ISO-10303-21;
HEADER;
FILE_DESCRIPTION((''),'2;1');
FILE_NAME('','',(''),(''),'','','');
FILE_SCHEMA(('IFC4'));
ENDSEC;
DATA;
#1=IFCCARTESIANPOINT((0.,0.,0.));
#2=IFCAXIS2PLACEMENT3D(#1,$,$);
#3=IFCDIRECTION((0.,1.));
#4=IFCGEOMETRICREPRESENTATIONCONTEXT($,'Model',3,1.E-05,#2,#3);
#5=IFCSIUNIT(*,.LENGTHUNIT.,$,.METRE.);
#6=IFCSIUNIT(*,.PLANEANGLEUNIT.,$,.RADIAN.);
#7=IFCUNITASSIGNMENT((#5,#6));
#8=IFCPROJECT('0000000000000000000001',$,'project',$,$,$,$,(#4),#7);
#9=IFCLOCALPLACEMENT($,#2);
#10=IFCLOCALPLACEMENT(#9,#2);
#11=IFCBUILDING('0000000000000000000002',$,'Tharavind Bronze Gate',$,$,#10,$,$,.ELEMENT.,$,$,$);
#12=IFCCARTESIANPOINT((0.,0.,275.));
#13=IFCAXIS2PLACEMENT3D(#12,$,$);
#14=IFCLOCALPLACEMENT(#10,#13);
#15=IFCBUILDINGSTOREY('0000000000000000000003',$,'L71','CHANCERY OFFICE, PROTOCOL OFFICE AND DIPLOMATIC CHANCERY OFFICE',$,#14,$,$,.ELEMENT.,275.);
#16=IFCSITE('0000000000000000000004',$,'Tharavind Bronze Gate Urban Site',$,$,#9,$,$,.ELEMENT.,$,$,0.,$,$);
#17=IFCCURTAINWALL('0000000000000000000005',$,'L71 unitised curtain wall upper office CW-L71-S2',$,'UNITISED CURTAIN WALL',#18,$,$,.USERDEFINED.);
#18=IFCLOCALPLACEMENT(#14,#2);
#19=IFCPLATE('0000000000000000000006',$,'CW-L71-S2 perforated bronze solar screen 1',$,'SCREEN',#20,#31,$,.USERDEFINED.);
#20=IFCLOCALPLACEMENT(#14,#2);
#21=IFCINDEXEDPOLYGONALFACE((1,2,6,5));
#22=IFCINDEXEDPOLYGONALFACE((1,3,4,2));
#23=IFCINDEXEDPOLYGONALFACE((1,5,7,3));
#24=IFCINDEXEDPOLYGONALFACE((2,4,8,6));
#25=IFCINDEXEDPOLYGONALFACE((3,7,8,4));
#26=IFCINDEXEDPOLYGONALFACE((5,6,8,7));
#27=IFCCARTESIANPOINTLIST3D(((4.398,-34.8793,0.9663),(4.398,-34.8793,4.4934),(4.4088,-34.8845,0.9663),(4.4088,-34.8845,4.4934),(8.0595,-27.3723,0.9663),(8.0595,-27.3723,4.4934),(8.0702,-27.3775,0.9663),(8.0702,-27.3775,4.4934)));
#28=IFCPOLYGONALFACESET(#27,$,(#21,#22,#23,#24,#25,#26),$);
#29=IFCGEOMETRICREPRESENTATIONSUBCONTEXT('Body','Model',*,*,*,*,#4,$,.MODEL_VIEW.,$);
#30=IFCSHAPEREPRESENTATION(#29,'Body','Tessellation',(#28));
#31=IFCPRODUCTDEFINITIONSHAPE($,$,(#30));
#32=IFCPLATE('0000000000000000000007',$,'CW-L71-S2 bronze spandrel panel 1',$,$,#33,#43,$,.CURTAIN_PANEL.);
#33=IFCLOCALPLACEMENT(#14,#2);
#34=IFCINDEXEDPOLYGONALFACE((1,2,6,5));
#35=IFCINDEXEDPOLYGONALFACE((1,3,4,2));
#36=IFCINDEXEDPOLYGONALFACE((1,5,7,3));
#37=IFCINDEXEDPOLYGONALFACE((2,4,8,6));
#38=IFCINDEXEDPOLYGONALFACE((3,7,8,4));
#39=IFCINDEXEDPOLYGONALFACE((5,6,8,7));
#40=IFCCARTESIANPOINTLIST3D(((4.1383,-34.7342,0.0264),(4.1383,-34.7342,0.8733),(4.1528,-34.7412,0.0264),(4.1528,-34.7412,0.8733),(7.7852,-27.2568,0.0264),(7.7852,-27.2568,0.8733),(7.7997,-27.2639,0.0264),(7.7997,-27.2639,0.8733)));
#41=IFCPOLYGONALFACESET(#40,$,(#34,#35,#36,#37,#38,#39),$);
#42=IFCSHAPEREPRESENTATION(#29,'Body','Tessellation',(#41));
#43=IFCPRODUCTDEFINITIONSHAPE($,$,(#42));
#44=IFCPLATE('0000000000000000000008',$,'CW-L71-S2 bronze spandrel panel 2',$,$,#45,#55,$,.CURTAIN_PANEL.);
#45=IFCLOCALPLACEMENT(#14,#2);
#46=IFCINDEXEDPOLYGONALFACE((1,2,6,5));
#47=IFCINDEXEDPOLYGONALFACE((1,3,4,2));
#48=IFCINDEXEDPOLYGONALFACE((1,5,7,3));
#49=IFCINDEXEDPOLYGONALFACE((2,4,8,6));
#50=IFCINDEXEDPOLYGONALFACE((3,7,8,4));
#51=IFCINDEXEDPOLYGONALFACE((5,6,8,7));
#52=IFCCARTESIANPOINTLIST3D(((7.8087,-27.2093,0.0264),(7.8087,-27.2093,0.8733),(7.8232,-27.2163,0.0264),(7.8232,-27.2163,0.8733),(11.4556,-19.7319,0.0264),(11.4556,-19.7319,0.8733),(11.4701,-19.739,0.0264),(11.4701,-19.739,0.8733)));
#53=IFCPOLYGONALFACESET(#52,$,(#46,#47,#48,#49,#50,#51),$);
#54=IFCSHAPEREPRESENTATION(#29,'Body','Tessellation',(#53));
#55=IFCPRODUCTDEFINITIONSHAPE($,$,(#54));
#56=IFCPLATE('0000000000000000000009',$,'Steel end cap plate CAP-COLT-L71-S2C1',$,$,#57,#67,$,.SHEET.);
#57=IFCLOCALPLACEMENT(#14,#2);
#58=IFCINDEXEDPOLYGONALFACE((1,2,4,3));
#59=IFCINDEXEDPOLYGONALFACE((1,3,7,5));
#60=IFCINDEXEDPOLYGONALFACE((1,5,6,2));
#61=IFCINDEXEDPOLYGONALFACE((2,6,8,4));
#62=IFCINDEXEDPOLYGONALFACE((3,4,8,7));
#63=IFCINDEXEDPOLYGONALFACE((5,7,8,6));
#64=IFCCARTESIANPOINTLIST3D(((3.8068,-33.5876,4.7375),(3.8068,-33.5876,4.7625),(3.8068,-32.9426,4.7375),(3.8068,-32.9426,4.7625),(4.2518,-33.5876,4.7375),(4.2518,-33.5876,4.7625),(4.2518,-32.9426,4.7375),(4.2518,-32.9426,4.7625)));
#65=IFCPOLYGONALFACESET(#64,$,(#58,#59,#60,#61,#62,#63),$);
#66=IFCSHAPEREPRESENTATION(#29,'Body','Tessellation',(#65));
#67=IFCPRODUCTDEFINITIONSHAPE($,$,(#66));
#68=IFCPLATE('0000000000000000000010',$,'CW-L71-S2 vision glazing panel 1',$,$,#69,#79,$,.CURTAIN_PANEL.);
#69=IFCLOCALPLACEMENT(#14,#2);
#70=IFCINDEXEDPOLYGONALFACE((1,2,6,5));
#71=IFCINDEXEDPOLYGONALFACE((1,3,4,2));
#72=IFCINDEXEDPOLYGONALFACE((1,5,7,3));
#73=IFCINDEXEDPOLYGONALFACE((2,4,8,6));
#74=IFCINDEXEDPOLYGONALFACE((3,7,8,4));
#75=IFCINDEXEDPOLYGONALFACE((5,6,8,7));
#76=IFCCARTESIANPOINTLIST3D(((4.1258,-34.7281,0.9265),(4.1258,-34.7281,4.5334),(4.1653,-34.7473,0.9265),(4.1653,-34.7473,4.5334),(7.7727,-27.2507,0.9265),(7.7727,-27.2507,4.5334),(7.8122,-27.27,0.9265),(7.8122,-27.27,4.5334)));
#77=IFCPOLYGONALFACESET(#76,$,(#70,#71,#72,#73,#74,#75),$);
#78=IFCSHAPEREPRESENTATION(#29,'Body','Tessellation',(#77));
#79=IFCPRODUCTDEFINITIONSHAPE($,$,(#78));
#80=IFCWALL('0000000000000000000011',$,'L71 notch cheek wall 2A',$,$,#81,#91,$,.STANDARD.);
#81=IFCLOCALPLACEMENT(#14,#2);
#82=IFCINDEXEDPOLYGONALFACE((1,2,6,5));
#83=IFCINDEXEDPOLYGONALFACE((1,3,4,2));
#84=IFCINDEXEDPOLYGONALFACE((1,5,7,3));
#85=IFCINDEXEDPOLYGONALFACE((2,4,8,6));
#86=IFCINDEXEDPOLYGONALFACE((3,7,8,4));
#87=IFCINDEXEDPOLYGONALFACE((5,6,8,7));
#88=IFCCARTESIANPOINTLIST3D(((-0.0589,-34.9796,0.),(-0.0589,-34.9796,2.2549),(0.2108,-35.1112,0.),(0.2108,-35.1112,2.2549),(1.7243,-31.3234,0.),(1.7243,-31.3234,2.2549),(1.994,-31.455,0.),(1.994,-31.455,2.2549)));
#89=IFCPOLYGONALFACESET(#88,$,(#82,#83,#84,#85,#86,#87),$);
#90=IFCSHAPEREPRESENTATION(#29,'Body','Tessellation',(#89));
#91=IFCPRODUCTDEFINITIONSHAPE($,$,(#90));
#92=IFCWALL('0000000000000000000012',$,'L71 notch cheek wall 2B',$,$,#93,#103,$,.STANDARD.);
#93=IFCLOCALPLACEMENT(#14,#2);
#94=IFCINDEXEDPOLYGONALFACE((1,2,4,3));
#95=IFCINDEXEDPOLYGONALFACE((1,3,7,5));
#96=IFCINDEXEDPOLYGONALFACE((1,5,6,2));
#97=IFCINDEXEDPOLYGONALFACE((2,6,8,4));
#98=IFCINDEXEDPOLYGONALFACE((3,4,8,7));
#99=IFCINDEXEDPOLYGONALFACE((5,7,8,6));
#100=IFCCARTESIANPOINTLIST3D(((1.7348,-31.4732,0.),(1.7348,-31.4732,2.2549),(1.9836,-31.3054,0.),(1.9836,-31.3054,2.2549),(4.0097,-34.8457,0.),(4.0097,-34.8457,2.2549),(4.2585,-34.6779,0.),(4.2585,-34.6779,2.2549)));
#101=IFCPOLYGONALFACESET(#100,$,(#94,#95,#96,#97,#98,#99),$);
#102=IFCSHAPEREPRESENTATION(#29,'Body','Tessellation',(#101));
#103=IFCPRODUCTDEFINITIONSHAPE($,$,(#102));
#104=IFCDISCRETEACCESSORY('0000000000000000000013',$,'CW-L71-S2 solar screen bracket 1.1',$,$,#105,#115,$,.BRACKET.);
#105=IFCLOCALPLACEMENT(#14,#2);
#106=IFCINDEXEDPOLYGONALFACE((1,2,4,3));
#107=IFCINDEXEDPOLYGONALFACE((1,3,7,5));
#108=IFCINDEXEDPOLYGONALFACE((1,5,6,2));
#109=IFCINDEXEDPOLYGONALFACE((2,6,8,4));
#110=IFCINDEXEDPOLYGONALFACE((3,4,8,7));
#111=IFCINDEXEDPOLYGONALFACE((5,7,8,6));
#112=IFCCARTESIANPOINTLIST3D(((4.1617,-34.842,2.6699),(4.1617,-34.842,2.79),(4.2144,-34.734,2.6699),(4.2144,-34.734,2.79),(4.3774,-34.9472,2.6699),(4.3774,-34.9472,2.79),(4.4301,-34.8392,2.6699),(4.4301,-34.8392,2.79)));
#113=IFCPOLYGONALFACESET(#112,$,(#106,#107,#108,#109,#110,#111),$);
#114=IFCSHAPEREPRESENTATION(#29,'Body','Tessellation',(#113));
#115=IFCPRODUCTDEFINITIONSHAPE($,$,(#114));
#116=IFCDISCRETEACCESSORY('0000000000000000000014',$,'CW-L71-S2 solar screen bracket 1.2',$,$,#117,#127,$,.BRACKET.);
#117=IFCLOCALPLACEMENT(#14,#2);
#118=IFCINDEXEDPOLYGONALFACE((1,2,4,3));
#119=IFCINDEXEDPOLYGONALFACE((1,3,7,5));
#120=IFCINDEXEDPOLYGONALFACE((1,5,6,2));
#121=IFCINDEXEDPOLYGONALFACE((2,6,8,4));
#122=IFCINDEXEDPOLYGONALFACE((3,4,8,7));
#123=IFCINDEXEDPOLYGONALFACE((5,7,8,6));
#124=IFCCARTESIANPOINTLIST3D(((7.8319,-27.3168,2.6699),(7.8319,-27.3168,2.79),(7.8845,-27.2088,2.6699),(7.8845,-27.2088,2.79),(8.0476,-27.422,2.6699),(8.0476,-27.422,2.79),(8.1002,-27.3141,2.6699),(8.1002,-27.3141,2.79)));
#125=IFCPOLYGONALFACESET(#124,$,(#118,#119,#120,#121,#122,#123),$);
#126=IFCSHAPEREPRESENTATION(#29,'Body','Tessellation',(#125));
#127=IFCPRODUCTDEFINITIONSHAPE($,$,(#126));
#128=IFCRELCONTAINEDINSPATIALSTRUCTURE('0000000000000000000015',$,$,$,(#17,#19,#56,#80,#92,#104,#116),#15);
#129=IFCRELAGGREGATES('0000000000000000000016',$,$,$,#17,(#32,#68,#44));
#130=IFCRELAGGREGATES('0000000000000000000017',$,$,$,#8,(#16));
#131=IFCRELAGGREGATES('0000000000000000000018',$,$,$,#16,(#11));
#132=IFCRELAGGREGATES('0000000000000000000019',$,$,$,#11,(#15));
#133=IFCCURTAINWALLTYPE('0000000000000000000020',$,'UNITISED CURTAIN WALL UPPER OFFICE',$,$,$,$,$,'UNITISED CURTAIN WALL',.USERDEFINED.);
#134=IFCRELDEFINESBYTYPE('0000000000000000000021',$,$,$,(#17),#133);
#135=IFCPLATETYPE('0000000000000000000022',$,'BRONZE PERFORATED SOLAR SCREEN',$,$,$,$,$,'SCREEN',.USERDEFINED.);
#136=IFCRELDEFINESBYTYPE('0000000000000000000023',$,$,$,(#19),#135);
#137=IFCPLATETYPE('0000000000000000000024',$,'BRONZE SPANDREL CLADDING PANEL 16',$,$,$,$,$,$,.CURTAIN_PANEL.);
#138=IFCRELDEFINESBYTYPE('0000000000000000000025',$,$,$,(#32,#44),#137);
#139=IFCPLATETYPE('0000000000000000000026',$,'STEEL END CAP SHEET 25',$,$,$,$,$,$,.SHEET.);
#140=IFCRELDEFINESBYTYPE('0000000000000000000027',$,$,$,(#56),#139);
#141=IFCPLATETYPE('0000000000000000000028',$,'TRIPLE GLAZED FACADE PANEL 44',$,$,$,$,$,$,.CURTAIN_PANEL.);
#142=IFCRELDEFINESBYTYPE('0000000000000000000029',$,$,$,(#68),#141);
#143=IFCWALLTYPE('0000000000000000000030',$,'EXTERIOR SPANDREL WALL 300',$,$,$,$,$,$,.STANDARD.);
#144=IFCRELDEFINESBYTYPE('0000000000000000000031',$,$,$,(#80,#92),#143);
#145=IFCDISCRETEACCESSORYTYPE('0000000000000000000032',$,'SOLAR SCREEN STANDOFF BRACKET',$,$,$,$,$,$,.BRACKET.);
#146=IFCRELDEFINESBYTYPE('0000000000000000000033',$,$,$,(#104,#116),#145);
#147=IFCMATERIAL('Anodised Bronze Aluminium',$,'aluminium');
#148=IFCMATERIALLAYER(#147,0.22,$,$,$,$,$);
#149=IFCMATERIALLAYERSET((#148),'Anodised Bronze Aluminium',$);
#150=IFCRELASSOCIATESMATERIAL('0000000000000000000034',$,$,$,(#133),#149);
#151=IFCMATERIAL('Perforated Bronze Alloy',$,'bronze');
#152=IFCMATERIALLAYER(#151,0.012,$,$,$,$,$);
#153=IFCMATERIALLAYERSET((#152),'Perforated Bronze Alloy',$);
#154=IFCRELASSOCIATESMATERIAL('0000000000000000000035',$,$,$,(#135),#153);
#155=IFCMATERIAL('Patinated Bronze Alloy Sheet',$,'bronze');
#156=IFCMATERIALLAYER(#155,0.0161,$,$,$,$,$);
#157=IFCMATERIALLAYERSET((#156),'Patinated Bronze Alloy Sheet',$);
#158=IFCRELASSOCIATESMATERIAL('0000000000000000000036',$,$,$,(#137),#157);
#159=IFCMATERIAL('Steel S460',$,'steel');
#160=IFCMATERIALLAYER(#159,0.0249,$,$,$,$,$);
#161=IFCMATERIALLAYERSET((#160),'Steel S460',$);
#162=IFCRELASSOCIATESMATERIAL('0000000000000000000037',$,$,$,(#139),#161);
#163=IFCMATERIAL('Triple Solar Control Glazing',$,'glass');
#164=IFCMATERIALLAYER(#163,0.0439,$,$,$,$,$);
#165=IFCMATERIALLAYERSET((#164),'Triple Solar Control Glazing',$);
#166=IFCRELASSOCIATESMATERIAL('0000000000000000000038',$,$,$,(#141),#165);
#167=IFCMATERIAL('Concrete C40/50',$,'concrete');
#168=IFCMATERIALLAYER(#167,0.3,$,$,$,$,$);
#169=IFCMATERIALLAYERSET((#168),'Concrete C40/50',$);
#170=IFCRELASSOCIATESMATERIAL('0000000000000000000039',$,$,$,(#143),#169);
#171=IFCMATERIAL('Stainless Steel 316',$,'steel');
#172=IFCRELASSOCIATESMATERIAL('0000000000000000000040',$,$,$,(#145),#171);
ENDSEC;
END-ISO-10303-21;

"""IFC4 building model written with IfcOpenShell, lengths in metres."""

from ifc_helpers import new_model, si_unit, direction, frame, frame_2d, origin, origin_2d, place, context, subcontext, project, spatial, rectangle, extrude, material, layer, layer_set, type_object, element, aggregate, save


model = new_model("IFC4")

# Units and contexts
model_context = context("Model", 3, precision=1e-05, world=origin(), true_north=direction((0.0, 1.0)))
body_context = subcontext(model_context, "Body", "Model", "MODEL_VIEW")
ifc_project = project(units=[si_unit("LENGTHUNIT", "METRE"), si_unit("PLANEANGLEUNIT", "RADIAN")], contexts=[model_context])

# Site, building, storey
site_placement = place(None, origin())
site = spatial("IfcSite", under=ifc_project, at=site_placement, Name="Tharavind Bronze Gate Urban Site", CompositionType="ELEMENT", RefElevation=0.0)
building_placement = place(site_placement, origin())
building = spatial("IfcBuilding", under=site, at=building_placement, Name="Tharavind Bronze Gate", CompositionType="ELEMENT")
storey_placement = place(building_placement, frame((0.0, 0.0, 275.0)))
storey = spatial("IfcBuildingStorey", under=building, at=storey_placement, Name="L71", Description="CHANCERY OFFICE, PROTOCOL OFFICE AND DIPLOMATIC CHANCERY OFFICE", CompositionType="ELEMENT", Elevation=275.0)

# Shared definitions
ifc_material_1 = material(Name="Steel S460", Category="steel")

# Shared definitions
ifc_material_2 = material(Name="Anodised Bronze Aluminium", Category="aluminium")
ifc_layer_1 = layer(ifc_material_2, 0.22)
ifc_layer_set_1 = layer_set([ifc_layer_1], Name="Anodised Bronze Aluminium")
curtain_wall_type = type_object("IfcCurtainWallType", Name="UNITISED CURTAIN WALL UPPER OFFICE", ElementType="UNITISED CURTAIN WALL", PredefinedType="USERDEFINED", material=ifc_layer_set_1)

# Curtain wall
curtain_wall_1_placement = place(storey_placement, origin())
curtain_wall_1 = element("IfcCurtainWall", 1, at=curtain_wall_1_placement, inside=storey, type_object=curtain_wall_type, Name="L71 unitised curtain wall upper office CW-L71-S2", ObjectType="UNITISED CURTAIN WALL", PredefinedType="USERDEFINED")

# Plates
ifc_material_3 = material(Name="Perforated Bronze Alloy", Category="bronze")
ifc_layer_2 = layer(ifc_material_3, 0.012)
ifc_layer_set_2 = layer_set([ifc_layer_2], Name="Perforated Bronze Alloy")
plate_type_1 = type_object("IfcPlateType", Name="BRONZE PERFORATED SOLAR SCREEN", ElementType="SCREEN", PredefinedType="USERDEFINED", material=ifc_layer_set_2)
plate_1_placement = place(storey_placement, frame((6.2341, -31.1284, 0.9663), z_axis=(0.0, 0.0, 1.0), x_axis=(0.438373, 0.898793, 0.0)))
element("IfcPlate", 2, at=plate_1_placement, inside=storey, type_object=plate_type_1, Name="CW-L71-S2 perforated bronze solar screen 1", ObjectType="SCREEN", PredefinedType="USERDEFINED", context=body_context, shape_type="SweptSolid", body=[
    extrude(rectangle(XDim=8.3523, YDim=0.012, at=origin_2d()), origin(), (0.0, 0.0, 1.0), 3.5271),
])
ifc_material_4 = material(Name="Patinated Bronze Alloy Sheet", Category="bronze")
ifc_layer_3 = layer(ifc_material_4, 0.0161)
ifc_layer_set_3 = layer_set([ifc_layer_3], Name="Patinated Bronze Alloy Sheet")
plate_type_2 = type_object("IfcPlateType", Name="BRONZE SPANDREL CLADDING PANEL 16", PredefinedType="CURTAIN_PANEL", material=ifc_layer_set_3)
plate_2_placement = place(storey_placement, frame((5.969, -30.999, 0.0264), z_axis=(0.0, 0.0, 1.0), x_axis=(0.438373, 0.898793, 0.0)))
plate_2 = element("IfcPlate", 3, at=plate_2_placement, type_object=plate_type_2, Name="CW-L71-S2 bronze spandrel panel 1", PredefinedType="CURTAIN_PANEL", context=body_context, shape_type="SweptSolid", body=[
    extrude(rectangle(XDim=8.3193, YDim=0.0161, at=origin_2d()), origin(), (0.0, 0.0, 1.0), 0.8469),
])
plate_3_placement = place(storey_placement, frame((9.6394, -23.4741, 0.0264), z_axis=(0.0, 0.0, 1.0), x_axis=(0.438373, 0.898793, 0.0)))
plate_3 = element("IfcPlate", 4, at=plate_3_placement, type_object=plate_type_2, Name="CW-L71-S2 bronze spandrel panel 2", PredefinedType="CURTAIN_PANEL", context=body_context, shape_type="SweptSolid", body=[
    extrude(rectangle(XDim=8.3193, YDim=0.0161, at=origin_2d()), origin(), (0.0, 0.0, 1.0), 0.8469),
])
ifc_layer_4 = layer(ifc_material_1, 0.0249)
ifc_layer_set_4 = layer_set([ifc_layer_4], Name="Steel S460")
plate_type_3 = type_object("IfcPlateType", Name="STEEL END CAP SHEET 25", PredefinedType="SHEET", material=ifc_layer_set_4)
plate_4_placement = place(storey_placement, frame((4.0293, -33.2651, 4.7375), z_axis=(0.0, 0.0, 1.0), x_axis=(1.0, 0.0, 0.0)))
element("IfcPlate", 5, at=plate_4_placement, inside=storey, type_object=plate_type_3, Name="Steel end cap plate CAP-COLT-L71-S2C1", PredefinedType="SHEET", context=body_context, shape_type="SweptSolid", body=[
    extrude(rectangle(XDim=0.4451, YDim=0.645, at=origin_2d()), origin(), (0.0, 0.0, 1.0), 0.0249),
])
ifc_material_5 = material(Name="Triple Solar Control Glazing", Category="glass")
ifc_layer_5 = layer(ifc_material_5, 0.0439)
ifc_layer_set_5 = layer_set([ifc_layer_5], Name="Triple Solar Control Glazing")
plate_type_4 = type_object("IfcPlateType", Name="TRIPLE GLAZED FACADE PANEL 44", PredefinedType="CURTAIN_PANEL", material=ifc_layer_set_5)
plate_5_placement = place(storey_placement, frame((5.969, -30.999, 0.9265), z_axis=(0.0, 0.0, 1.0), x_axis=(0.438373, 0.898793, 0.0)))
plate_5 = element("IfcPlate", 6, at=plate_5_placement, type_object=plate_type_4, Name="CW-L71-S2 vision glazing panel 1", PredefinedType="CURTAIN_PANEL", context=body_context, shape_type="SweptSolid", body=[
    extrude(rectangle(XDim=8.3193, YDim=0.0439, at=origin_2d()), origin(), (0.0, 0.0, 1.0), 3.6069),
])
aggregate(curtain_wall_1, [plate_2, plate_5, plate_3])

# Walls
ifc_material_6 = material(Name="Concrete C40/50", Category="concrete")
ifc_layer_6 = layer(ifc_material_6, 0.3)
ifc_layer_set_6 = layer_set([ifc_layer_6], Name="Concrete C40/50")
wall_type = type_object("IfcWallType", Name="EXTERIOR SPANDREL WALL 300", PredefinedType="STANDARD", material=ifc_layer_set_6)
wall_1_placement = place(storey_placement, frame((0.0759, -35.0454, 0.0), z_axis=(0.0, 0.0, 1.0), x_axis=(0.438357, 0.898801, 0.0)))
element("IfcWall", 7, at=wall_1_placement, inside=storey, type_object=wall_type, Name="L71 notch cheek wall 2A", PredefinedType="STANDARD", context=body_context, shape_type="SweptSolid", body=[
    extrude(rectangle(XDim=4.0679, YDim=0.3, at=frame_2d((2.0339, 0.0))), origin(), (0.0, 0.0, 1.0), 2.2549),
])
wall_2_placement = place(storey_placement, frame((1.8591, -31.3892, 0.0), z_axis=(0.0, 0.0, 1.0), x_axis=(0.559207, -0.829028, 0.0)))
element("IfcWall", 8, at=wall_2_placement, inside=storey, type_object=wall_type, Name="L71 notch cheek wall 2B", PredefinedType="STANDARD", context=body_context, shape_type="SweptSolid", body=[
    extrude(rectangle(XDim=4.0681, YDim=0.3, at=frame_2d((2.0342, 0.0))), origin(), (0.0, 0.0, 1.0), 2.2549),
])

# Discrete accessories
ifc_material_7 = material(Name="Stainless Steel 316", Category="steel")
discrete_accessory_type = type_object("IfcDiscreteAccessoryType", Name="SOLAR SCREEN STANDOFF BRACKET", PredefinedType="BRACKET", material=ifc_material_7)
for number, where, z_axis, x_axis, name in (
    (9, (4.2959, -34.8406, 2.6699), (0.0, 0.0, 1.0), (0.438373, 0.898793, 0.0), "CW-L71-S2 solar screen bracket 1.1"),
    (10, (7.9661, -27.3154, 2.6699), (0.0, 0.0, 1.0), (0.438373, 0.898793, 0.0), "CW-L71-S2 solar screen bracket 1.2"),
):
    element("IfcDiscreteAccessory", number, at=place(storey_placement, frame(where, z_axis=z_axis, x_axis=x_axis)), inside=storey, type_object=discrete_accessory_type, Name=name, PredefinedType="BRACKET", context=body_context, shape_type="SweptSolid", body=[
        extrude(rectangle(XDim=0.1201, YDim=0.24, at=origin_2d()), origin(), (0.0, 0.0, 1.0), 0.1201),
    ])

save(model, "model.ifc")
